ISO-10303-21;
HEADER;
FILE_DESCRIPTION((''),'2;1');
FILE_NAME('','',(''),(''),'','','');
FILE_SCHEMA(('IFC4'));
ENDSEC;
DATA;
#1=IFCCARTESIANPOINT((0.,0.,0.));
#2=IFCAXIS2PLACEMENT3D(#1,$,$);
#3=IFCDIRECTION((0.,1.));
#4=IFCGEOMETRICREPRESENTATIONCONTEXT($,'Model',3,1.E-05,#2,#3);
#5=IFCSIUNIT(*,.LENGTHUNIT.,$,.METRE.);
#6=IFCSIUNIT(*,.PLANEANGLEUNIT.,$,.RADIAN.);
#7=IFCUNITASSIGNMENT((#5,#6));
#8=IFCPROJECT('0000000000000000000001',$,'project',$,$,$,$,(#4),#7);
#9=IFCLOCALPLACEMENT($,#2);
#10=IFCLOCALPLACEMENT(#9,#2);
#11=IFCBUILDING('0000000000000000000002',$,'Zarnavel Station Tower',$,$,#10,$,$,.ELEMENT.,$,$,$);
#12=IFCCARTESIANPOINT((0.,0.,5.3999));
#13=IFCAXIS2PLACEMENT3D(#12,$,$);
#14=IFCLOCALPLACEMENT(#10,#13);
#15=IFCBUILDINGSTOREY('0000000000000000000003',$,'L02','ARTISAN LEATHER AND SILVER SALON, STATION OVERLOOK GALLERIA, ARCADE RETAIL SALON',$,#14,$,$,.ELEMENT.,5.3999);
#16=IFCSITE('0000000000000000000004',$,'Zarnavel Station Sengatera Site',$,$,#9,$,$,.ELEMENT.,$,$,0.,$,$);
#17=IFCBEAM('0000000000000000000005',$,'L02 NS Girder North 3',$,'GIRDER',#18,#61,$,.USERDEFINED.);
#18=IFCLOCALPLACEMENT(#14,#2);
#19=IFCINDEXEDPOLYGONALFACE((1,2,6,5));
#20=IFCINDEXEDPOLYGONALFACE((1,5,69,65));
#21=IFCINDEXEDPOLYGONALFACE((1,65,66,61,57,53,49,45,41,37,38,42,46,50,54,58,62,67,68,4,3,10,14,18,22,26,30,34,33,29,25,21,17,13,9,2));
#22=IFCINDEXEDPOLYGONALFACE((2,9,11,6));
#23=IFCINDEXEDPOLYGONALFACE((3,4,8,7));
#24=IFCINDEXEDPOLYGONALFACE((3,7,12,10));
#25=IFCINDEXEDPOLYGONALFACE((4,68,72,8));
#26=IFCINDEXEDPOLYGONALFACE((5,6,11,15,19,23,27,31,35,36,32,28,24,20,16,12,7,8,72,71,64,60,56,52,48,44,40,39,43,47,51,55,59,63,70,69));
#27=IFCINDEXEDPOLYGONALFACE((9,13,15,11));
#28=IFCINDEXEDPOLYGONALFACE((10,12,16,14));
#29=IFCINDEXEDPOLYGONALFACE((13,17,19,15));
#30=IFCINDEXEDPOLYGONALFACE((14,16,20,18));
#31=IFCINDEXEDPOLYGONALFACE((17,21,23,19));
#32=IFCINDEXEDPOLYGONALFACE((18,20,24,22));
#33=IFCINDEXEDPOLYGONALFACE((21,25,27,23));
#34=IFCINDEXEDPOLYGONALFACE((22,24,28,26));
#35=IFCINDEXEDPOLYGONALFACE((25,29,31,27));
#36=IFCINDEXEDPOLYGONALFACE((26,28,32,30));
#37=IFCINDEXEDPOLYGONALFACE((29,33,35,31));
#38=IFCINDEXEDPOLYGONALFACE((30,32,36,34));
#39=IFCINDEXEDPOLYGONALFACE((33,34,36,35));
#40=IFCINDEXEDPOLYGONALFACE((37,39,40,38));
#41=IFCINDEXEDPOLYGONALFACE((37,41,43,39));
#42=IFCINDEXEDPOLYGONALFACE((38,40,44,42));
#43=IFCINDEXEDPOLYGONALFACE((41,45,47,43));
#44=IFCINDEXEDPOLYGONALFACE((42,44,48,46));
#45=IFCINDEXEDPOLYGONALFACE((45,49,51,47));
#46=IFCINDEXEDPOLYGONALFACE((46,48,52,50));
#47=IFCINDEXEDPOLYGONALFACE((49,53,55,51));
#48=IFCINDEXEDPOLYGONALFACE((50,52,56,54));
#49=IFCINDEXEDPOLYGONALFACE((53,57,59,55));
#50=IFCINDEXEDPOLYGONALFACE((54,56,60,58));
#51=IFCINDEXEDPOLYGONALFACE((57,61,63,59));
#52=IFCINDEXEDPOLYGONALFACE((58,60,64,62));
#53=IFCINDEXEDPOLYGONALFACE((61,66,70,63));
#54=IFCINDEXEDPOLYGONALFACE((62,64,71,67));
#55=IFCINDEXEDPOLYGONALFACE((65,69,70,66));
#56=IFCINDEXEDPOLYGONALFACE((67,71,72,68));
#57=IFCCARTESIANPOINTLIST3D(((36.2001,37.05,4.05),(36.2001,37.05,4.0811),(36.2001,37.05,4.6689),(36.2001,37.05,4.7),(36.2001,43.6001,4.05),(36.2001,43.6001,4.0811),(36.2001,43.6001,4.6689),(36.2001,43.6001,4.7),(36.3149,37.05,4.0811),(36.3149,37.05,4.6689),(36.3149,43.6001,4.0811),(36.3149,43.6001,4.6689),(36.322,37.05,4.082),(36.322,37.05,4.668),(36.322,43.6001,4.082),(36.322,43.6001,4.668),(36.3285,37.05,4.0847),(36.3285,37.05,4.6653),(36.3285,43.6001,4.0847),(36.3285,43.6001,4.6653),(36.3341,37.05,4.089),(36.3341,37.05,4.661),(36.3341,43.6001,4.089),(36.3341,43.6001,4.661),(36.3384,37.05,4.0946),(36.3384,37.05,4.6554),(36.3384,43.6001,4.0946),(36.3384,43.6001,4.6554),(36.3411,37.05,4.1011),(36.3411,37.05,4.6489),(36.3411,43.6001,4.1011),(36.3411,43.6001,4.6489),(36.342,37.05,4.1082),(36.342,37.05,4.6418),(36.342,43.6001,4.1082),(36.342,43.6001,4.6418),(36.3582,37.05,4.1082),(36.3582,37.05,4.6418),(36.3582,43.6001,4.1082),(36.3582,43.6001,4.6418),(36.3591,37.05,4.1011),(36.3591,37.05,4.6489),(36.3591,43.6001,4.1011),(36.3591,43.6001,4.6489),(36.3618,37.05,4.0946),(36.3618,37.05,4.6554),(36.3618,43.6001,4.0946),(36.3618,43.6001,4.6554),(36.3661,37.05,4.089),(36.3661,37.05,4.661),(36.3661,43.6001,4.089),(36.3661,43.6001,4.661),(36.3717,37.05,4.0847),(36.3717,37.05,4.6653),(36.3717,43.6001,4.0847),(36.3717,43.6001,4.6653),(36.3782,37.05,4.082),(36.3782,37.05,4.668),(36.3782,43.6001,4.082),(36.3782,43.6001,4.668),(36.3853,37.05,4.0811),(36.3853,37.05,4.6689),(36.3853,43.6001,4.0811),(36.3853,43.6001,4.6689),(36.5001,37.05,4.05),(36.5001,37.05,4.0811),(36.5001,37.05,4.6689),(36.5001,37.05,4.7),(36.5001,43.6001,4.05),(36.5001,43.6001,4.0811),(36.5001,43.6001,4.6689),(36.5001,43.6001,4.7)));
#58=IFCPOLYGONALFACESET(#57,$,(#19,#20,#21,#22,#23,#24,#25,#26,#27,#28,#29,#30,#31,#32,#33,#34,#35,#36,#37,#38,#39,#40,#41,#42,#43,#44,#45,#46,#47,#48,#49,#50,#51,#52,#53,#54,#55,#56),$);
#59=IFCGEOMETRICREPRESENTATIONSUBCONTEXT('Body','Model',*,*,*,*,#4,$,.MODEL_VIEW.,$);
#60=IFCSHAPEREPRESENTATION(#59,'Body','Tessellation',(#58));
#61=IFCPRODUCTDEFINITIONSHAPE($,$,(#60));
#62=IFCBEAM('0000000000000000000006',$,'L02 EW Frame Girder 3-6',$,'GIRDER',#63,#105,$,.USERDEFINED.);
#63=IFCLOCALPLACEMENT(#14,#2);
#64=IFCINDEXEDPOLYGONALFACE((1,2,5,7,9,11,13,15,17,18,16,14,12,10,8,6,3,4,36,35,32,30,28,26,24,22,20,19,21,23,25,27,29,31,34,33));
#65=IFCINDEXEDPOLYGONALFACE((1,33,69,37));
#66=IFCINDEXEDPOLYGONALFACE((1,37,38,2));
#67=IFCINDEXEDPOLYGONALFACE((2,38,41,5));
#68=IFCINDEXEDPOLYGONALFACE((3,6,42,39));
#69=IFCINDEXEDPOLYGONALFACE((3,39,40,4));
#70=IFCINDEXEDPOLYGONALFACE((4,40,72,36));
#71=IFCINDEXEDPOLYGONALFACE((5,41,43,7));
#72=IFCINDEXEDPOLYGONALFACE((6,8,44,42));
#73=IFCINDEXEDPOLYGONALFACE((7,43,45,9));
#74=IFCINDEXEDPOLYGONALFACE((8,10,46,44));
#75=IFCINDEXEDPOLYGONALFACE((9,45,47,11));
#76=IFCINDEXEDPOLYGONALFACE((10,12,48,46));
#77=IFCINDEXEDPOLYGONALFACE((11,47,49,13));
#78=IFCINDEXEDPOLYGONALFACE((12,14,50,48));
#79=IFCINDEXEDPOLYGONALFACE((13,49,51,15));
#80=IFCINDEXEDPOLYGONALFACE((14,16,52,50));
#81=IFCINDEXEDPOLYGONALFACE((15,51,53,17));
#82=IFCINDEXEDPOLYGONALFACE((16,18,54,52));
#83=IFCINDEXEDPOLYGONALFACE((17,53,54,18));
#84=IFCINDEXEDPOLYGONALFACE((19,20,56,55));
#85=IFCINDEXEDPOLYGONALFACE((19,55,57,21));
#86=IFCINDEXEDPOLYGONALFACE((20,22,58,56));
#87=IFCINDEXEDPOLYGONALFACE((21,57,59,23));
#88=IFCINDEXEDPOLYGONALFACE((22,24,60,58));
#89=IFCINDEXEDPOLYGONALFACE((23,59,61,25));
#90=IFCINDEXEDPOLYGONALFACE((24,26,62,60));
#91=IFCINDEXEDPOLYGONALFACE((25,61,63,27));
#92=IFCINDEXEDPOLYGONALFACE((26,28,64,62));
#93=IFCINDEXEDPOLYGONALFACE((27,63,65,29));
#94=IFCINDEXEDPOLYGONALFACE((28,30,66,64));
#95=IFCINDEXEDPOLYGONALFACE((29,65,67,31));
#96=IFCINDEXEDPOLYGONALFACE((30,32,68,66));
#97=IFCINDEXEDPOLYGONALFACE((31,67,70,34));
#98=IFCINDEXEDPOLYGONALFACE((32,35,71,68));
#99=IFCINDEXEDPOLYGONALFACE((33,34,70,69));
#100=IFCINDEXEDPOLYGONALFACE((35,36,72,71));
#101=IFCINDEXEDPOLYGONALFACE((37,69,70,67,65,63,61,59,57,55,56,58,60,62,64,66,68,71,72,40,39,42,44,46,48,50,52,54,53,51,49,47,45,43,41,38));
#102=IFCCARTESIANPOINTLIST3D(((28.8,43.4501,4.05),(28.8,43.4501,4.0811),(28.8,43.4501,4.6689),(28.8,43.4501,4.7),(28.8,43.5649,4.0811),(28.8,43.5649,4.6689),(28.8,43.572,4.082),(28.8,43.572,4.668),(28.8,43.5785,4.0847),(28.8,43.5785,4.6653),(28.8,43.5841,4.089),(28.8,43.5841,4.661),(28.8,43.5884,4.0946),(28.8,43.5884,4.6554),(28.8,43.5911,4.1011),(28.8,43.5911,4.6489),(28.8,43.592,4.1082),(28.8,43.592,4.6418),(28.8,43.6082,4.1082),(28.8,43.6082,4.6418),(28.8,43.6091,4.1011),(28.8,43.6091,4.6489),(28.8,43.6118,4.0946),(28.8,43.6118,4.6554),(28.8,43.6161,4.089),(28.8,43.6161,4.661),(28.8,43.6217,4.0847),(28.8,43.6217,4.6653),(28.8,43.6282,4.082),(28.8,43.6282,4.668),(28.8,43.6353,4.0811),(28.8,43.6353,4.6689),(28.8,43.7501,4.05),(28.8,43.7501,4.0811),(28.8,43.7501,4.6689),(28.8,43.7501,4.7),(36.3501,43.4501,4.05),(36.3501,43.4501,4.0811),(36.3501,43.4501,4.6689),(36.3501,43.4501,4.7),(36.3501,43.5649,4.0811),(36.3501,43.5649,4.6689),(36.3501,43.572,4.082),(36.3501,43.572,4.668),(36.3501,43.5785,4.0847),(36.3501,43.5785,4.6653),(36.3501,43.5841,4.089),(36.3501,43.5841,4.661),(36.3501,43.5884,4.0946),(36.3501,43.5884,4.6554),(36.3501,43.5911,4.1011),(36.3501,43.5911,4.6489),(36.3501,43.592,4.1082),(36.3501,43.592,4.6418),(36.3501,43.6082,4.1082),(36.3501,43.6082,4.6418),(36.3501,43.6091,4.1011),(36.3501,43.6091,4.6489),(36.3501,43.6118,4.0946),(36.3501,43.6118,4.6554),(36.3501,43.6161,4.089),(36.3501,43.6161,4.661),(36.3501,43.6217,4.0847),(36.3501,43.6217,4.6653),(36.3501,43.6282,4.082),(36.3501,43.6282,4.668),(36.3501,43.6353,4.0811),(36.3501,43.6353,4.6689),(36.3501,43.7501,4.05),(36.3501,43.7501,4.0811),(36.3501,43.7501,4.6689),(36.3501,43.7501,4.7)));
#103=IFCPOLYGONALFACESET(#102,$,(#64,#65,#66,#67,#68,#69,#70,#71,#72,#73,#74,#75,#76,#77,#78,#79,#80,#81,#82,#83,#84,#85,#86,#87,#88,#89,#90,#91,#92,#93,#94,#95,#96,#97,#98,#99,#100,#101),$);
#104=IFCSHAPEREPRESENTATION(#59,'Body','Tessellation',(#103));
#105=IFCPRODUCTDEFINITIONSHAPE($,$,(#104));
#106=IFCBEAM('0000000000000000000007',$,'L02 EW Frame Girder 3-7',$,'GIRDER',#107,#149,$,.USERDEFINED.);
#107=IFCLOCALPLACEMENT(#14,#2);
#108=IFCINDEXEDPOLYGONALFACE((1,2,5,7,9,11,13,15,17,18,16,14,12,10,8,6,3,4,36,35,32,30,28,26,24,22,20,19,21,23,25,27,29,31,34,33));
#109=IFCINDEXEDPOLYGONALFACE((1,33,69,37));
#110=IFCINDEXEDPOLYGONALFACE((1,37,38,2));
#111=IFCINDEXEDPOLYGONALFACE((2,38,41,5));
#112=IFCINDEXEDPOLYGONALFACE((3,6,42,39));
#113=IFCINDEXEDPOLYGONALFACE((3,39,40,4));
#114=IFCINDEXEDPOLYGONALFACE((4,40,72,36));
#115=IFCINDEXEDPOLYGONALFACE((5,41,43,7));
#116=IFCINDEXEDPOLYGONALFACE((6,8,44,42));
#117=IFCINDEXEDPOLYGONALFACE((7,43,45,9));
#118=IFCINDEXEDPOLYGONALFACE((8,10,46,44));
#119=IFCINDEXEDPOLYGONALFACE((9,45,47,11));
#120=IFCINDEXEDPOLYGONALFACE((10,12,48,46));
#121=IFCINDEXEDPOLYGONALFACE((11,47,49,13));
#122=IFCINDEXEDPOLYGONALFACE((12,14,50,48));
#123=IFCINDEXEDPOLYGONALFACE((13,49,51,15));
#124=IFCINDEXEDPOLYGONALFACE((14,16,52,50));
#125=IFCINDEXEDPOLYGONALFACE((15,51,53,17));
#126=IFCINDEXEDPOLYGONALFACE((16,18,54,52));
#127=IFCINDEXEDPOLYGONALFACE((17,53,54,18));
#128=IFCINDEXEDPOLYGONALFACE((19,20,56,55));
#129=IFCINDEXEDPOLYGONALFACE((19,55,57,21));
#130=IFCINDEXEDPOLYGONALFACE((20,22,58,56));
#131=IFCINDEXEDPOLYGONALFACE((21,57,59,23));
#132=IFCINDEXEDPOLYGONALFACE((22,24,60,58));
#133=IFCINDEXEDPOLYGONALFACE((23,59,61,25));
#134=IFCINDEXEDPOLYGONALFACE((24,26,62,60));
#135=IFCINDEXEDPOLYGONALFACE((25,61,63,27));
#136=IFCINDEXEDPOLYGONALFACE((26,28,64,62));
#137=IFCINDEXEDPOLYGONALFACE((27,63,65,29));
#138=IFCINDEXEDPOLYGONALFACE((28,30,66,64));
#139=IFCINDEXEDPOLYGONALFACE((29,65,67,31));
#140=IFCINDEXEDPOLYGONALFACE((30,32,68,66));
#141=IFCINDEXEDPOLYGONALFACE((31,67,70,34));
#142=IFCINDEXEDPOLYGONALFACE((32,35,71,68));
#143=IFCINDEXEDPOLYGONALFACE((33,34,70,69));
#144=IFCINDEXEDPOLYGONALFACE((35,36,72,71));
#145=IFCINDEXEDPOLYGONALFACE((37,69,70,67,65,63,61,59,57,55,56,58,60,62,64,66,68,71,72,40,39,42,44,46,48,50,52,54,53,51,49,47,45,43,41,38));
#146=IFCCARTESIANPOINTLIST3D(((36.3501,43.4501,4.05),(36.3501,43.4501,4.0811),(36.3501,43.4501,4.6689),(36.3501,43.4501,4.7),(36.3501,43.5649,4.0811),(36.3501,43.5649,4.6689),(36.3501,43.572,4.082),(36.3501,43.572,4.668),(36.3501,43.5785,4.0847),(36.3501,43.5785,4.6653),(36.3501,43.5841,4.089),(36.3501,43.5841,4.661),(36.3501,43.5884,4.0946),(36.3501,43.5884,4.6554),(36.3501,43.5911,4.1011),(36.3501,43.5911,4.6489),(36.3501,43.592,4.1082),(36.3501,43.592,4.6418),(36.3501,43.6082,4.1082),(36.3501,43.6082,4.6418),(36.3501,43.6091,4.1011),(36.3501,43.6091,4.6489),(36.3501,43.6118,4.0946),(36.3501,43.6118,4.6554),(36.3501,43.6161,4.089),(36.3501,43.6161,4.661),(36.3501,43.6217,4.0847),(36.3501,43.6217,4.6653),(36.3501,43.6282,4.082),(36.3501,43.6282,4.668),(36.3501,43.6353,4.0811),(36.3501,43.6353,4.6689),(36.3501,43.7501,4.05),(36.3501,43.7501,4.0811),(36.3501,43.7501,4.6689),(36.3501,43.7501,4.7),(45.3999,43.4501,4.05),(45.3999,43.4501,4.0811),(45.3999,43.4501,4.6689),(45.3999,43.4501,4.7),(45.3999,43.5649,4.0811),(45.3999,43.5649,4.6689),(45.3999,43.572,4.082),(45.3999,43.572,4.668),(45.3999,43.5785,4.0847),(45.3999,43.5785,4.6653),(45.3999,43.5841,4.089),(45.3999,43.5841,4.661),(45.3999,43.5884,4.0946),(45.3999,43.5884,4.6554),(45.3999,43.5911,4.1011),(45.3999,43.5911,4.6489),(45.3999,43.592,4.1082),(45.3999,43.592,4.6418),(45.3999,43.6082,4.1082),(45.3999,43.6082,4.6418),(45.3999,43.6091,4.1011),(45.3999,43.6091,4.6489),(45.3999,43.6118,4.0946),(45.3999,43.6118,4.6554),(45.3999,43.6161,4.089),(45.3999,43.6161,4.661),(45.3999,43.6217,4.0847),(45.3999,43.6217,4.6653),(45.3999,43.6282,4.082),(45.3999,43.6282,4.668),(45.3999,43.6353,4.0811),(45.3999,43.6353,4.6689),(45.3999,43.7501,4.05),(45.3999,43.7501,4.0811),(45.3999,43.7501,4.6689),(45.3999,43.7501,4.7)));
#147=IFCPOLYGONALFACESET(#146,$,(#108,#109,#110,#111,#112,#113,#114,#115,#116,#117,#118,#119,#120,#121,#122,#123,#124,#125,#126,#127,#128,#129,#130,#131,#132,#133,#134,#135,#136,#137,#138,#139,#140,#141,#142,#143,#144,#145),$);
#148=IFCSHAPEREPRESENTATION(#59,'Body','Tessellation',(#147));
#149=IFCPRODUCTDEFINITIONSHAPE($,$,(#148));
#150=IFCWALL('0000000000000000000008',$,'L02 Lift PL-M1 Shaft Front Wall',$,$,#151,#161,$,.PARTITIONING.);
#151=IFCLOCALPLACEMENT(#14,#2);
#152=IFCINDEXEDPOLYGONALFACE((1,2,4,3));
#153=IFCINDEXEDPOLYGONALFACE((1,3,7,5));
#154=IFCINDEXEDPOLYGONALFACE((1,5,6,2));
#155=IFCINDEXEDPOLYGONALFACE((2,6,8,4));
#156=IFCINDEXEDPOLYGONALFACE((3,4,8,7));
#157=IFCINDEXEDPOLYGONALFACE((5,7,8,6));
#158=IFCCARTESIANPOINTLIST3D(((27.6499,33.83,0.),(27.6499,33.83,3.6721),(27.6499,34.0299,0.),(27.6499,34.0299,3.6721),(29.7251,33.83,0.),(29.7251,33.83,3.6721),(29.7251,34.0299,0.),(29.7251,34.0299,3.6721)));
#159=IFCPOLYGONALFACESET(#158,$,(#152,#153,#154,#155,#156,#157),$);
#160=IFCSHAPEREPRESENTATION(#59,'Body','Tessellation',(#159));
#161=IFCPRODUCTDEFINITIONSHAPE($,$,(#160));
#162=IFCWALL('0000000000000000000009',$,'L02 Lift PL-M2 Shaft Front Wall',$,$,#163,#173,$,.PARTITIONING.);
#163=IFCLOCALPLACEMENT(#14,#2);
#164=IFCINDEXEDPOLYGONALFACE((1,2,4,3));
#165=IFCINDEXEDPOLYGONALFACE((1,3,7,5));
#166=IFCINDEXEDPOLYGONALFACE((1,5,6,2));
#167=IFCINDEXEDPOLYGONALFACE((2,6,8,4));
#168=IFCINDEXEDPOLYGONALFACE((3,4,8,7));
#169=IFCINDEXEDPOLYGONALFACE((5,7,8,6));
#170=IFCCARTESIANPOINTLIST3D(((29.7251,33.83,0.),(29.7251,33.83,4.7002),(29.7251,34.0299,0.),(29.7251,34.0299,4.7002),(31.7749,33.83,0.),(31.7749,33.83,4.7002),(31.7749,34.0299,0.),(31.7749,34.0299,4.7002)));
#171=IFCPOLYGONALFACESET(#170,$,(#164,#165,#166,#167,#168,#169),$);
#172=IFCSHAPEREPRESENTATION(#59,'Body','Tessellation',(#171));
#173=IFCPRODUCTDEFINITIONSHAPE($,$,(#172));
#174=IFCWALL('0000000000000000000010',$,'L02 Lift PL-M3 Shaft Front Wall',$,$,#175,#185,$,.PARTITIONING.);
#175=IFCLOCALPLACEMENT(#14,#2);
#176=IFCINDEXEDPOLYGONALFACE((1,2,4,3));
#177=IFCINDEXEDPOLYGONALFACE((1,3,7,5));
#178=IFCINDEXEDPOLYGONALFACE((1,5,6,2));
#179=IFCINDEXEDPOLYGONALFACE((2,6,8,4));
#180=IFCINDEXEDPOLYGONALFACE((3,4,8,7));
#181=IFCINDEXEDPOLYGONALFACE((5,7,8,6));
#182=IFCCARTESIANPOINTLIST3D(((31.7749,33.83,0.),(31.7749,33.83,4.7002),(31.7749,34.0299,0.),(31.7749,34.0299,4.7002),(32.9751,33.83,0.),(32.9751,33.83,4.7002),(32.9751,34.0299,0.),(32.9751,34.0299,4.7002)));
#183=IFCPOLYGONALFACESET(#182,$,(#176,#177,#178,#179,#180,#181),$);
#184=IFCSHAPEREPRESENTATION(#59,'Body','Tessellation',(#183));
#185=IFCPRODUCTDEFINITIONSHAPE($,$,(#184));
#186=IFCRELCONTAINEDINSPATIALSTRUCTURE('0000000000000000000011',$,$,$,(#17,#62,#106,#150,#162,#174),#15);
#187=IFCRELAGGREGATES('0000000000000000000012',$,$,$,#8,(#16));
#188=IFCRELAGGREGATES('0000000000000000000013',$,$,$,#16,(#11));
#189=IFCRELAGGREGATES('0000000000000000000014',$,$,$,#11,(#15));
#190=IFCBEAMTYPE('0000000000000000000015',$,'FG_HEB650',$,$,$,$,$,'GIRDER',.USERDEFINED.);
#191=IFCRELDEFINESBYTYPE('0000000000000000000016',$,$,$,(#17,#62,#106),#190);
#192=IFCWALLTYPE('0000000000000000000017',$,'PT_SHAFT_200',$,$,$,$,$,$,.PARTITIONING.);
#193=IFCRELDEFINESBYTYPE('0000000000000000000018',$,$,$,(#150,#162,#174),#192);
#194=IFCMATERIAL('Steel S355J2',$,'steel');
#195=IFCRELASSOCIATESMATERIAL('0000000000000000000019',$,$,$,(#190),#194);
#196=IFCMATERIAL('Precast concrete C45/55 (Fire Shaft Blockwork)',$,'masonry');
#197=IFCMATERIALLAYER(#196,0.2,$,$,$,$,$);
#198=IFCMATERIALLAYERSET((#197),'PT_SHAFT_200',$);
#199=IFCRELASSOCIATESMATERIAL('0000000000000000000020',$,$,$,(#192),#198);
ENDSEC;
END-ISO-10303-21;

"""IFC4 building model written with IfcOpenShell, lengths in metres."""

from ifc_helpers import new_model, si_unit, direction, frame, frame_2d, origin, origin_2d, place, context, subcontext, project, spatial, rectangle, i_section, extrude, material, layer, layer_set, material_profile, profile_set, type_object, element, save


model = new_model("IFC4")

# Units and contexts
model_context = context("Model", 3, precision=1e-05, world=origin(), true_north=direction((0.0, 1.0)))
body_context = subcontext(model_context, "Body", "Model", "MODEL_VIEW")
ifc_project = project(units=[si_unit("LENGTHUNIT", "METRE"), si_unit("PLANEANGLEUNIT", "RADIAN")], contexts=[model_context])

# Site, building, storey
site_placement = place(None, origin())
site = spatial("IfcSite", under=ifc_project, at=site_placement, Name="Zarnavel Station Sengatera Site", CompositionType="ELEMENT", RefElevation=0.0)
building_placement = place(site_placement, origin())
building = spatial("IfcBuilding", under=site, at=building_placement, Name="Zarnavel Station Tower", CompositionType="ELEMENT")
storey_placement = place(building_placement, frame((0.0, 0.0, 5.3999)))
storey = spatial("IfcBuildingStorey", under=building, at=storey_placement, Name="L02", Description="ARTISAN LEATHER AND SILVER SALON, STATION OVERLOOK GALLERIA, ARCADE RETAIL SALON", CompositionType="ELEMENT", Elevation=5.3999)

# Beams
ifc_material_1 = material(Name="Steel S355J2", Category="steel")
ifc_material_profile_1 = material_profile(ifc_material_1, i_section(OverallWidth=0.3, OverallDepth=0.6499, WebThickness=0.0161, FlangeThickness=0.031, FilletRadius=0.0271, at=origin_2d()), Name="HEB650")
ifc_profile_set_1 = profile_set([ifc_material_profile_1], Name="Steel S355J2")
beam_type = type_object("IfcBeamType", Name="FG_HEB650", ElementType="GIRDER", PredefinedType="USERDEFINED", material=ifc_profile_set_1)
beam_1_placement = place(storey_placement, frame((36.3501, 37.05, 4.375), z_axis=(0.0, 1.0, 0.0), x_axis=(-1.0, 0.0, 0.0)))
element("IfcBeam", 1, at=beam_1_placement, inside=storey, type_object=beam_type, Name="L02 NS Girder North 3", ObjectType="GIRDER", PredefinedType="USERDEFINED", context=body_context, shape_type="SweptSolid", body=[
    extrude(i_section(OverallWidth=0.3, OverallDepth=0.6499, WebThickness=0.0161, FlangeThickness=0.031, FilletRadius=0.0271, at=origin_2d()), origin(), (0.0, 0.0, 1.0), 6.55),
])
beam_2_placement = place(storey_placement, frame((28.8, 43.6001, 4.375), z_axis=(1.0, 0.0, 0.0), x_axis=(0.0, 1.0, 0.0)))
element("IfcBeam", 2, at=beam_2_placement, inside=storey, type_object=beam_type, Name="L02 EW Frame Girder 3-6", ObjectType="GIRDER", PredefinedType="USERDEFINED", context=body_context, shape_type="SweptSolid", body=[
    extrude(i_section(OverallWidth=0.3, OverallDepth=0.6499, WebThickness=0.0161, FlangeThickness=0.031, FilletRadius=0.0271, at=origin_2d()), origin(), (0.0, 0.0, 1.0), 7.55),
])
beam_3_placement = place(storey_placement, frame((36.3501, 43.6001, 4.375), z_axis=(1.0, 0.0, 0.0), x_axis=(0.0, 1.0, 0.0)))
element("IfcBeam", 3, at=beam_3_placement, inside=storey, type_object=beam_type, Name="L02 EW Frame Girder 3-7", ObjectType="GIRDER", PredefinedType="USERDEFINED", context=body_context, shape_type="SweptSolid", body=[
    extrude(i_section(OverallWidth=0.3, OverallDepth=0.6499, WebThickness=0.0161, FlangeThickness=0.031, FilletRadius=0.0271, at=origin_2d()), origin(), (0.0, 0.0, 1.0), 9.0498),
])

# Shared definitions
ifc_material_2 = material(Name="Precast concrete C45/55 (Fire Shaft Blockwork)", Category="masonry")
ifc_layer_1 = layer(ifc_material_2, 0.2)
ifc_layer_set_1 = layer_set([ifc_layer_1], Name="PT_SHAFT_200")
wall_type = type_object("IfcWallType", Name="PT_SHAFT_200", PredefinedType="PARTITIONING", material=ifc_layer_set_1)

# Walls
wall_1_placement = place(storey_placement, frame((27.6499, 33.9299, 0.0), z_axis=(0.0, 0.0, 1.0), x_axis=(1.0, 0.0, 0.0)))
element("IfcWall", 4, at=wall_1_placement, inside=storey, type_object=wall_type, Name="L02 Lift PL-M1 Shaft Front Wall", PredefinedType="PARTITIONING", context=body_context, shape_type="SweptSolid", body=[
    extrude(rectangle(XDim=2.0752, YDim=0.2, at=frame_2d((1.0376, 0.0))), origin(), (0.0, 0.0, 1.0), 3.6721),
])
wall_2_placement = place(storey_placement, frame((29.7251, 33.9299, 0.0), z_axis=(0.0, 0.0, 1.0), x_axis=(1.0, 0.0, 0.0)))
element("IfcWall", 5, at=wall_2_placement, inside=storey, type_object=wall_type, Name="L02 Lift PL-M2 Shaft Front Wall", PredefinedType="PARTITIONING", context=body_context, shape_type="SweptSolid", body=[
    extrude(rectangle(XDim=2.0498, YDim=0.2, at=frame_2d((1.0249, 0.0))), origin(), (0.0, 0.0, 1.0), 4.7002),
])
wall_3_placement = place(storey_placement, frame((31.7749, 33.9299, 0.0), z_axis=(0.0, 0.0, 1.0), x_axis=(1.0, 0.0, 0.0)))
element("IfcWall", 6, at=wall_3_placement, inside=storey, type_object=wall_type, Name="L02 Lift PL-M3 Shaft Front Wall", PredefinedType="PARTITIONING", context=body_context, shape_type="SweptSolid", body=[
    extrude(rectangle(XDim=1.2002, YDim=0.2, at=frame_2d((0.6001, 0.0))), origin(), (0.0, 0.0, 1.0), 4.7002),
])

save(model, "model.ifc")
